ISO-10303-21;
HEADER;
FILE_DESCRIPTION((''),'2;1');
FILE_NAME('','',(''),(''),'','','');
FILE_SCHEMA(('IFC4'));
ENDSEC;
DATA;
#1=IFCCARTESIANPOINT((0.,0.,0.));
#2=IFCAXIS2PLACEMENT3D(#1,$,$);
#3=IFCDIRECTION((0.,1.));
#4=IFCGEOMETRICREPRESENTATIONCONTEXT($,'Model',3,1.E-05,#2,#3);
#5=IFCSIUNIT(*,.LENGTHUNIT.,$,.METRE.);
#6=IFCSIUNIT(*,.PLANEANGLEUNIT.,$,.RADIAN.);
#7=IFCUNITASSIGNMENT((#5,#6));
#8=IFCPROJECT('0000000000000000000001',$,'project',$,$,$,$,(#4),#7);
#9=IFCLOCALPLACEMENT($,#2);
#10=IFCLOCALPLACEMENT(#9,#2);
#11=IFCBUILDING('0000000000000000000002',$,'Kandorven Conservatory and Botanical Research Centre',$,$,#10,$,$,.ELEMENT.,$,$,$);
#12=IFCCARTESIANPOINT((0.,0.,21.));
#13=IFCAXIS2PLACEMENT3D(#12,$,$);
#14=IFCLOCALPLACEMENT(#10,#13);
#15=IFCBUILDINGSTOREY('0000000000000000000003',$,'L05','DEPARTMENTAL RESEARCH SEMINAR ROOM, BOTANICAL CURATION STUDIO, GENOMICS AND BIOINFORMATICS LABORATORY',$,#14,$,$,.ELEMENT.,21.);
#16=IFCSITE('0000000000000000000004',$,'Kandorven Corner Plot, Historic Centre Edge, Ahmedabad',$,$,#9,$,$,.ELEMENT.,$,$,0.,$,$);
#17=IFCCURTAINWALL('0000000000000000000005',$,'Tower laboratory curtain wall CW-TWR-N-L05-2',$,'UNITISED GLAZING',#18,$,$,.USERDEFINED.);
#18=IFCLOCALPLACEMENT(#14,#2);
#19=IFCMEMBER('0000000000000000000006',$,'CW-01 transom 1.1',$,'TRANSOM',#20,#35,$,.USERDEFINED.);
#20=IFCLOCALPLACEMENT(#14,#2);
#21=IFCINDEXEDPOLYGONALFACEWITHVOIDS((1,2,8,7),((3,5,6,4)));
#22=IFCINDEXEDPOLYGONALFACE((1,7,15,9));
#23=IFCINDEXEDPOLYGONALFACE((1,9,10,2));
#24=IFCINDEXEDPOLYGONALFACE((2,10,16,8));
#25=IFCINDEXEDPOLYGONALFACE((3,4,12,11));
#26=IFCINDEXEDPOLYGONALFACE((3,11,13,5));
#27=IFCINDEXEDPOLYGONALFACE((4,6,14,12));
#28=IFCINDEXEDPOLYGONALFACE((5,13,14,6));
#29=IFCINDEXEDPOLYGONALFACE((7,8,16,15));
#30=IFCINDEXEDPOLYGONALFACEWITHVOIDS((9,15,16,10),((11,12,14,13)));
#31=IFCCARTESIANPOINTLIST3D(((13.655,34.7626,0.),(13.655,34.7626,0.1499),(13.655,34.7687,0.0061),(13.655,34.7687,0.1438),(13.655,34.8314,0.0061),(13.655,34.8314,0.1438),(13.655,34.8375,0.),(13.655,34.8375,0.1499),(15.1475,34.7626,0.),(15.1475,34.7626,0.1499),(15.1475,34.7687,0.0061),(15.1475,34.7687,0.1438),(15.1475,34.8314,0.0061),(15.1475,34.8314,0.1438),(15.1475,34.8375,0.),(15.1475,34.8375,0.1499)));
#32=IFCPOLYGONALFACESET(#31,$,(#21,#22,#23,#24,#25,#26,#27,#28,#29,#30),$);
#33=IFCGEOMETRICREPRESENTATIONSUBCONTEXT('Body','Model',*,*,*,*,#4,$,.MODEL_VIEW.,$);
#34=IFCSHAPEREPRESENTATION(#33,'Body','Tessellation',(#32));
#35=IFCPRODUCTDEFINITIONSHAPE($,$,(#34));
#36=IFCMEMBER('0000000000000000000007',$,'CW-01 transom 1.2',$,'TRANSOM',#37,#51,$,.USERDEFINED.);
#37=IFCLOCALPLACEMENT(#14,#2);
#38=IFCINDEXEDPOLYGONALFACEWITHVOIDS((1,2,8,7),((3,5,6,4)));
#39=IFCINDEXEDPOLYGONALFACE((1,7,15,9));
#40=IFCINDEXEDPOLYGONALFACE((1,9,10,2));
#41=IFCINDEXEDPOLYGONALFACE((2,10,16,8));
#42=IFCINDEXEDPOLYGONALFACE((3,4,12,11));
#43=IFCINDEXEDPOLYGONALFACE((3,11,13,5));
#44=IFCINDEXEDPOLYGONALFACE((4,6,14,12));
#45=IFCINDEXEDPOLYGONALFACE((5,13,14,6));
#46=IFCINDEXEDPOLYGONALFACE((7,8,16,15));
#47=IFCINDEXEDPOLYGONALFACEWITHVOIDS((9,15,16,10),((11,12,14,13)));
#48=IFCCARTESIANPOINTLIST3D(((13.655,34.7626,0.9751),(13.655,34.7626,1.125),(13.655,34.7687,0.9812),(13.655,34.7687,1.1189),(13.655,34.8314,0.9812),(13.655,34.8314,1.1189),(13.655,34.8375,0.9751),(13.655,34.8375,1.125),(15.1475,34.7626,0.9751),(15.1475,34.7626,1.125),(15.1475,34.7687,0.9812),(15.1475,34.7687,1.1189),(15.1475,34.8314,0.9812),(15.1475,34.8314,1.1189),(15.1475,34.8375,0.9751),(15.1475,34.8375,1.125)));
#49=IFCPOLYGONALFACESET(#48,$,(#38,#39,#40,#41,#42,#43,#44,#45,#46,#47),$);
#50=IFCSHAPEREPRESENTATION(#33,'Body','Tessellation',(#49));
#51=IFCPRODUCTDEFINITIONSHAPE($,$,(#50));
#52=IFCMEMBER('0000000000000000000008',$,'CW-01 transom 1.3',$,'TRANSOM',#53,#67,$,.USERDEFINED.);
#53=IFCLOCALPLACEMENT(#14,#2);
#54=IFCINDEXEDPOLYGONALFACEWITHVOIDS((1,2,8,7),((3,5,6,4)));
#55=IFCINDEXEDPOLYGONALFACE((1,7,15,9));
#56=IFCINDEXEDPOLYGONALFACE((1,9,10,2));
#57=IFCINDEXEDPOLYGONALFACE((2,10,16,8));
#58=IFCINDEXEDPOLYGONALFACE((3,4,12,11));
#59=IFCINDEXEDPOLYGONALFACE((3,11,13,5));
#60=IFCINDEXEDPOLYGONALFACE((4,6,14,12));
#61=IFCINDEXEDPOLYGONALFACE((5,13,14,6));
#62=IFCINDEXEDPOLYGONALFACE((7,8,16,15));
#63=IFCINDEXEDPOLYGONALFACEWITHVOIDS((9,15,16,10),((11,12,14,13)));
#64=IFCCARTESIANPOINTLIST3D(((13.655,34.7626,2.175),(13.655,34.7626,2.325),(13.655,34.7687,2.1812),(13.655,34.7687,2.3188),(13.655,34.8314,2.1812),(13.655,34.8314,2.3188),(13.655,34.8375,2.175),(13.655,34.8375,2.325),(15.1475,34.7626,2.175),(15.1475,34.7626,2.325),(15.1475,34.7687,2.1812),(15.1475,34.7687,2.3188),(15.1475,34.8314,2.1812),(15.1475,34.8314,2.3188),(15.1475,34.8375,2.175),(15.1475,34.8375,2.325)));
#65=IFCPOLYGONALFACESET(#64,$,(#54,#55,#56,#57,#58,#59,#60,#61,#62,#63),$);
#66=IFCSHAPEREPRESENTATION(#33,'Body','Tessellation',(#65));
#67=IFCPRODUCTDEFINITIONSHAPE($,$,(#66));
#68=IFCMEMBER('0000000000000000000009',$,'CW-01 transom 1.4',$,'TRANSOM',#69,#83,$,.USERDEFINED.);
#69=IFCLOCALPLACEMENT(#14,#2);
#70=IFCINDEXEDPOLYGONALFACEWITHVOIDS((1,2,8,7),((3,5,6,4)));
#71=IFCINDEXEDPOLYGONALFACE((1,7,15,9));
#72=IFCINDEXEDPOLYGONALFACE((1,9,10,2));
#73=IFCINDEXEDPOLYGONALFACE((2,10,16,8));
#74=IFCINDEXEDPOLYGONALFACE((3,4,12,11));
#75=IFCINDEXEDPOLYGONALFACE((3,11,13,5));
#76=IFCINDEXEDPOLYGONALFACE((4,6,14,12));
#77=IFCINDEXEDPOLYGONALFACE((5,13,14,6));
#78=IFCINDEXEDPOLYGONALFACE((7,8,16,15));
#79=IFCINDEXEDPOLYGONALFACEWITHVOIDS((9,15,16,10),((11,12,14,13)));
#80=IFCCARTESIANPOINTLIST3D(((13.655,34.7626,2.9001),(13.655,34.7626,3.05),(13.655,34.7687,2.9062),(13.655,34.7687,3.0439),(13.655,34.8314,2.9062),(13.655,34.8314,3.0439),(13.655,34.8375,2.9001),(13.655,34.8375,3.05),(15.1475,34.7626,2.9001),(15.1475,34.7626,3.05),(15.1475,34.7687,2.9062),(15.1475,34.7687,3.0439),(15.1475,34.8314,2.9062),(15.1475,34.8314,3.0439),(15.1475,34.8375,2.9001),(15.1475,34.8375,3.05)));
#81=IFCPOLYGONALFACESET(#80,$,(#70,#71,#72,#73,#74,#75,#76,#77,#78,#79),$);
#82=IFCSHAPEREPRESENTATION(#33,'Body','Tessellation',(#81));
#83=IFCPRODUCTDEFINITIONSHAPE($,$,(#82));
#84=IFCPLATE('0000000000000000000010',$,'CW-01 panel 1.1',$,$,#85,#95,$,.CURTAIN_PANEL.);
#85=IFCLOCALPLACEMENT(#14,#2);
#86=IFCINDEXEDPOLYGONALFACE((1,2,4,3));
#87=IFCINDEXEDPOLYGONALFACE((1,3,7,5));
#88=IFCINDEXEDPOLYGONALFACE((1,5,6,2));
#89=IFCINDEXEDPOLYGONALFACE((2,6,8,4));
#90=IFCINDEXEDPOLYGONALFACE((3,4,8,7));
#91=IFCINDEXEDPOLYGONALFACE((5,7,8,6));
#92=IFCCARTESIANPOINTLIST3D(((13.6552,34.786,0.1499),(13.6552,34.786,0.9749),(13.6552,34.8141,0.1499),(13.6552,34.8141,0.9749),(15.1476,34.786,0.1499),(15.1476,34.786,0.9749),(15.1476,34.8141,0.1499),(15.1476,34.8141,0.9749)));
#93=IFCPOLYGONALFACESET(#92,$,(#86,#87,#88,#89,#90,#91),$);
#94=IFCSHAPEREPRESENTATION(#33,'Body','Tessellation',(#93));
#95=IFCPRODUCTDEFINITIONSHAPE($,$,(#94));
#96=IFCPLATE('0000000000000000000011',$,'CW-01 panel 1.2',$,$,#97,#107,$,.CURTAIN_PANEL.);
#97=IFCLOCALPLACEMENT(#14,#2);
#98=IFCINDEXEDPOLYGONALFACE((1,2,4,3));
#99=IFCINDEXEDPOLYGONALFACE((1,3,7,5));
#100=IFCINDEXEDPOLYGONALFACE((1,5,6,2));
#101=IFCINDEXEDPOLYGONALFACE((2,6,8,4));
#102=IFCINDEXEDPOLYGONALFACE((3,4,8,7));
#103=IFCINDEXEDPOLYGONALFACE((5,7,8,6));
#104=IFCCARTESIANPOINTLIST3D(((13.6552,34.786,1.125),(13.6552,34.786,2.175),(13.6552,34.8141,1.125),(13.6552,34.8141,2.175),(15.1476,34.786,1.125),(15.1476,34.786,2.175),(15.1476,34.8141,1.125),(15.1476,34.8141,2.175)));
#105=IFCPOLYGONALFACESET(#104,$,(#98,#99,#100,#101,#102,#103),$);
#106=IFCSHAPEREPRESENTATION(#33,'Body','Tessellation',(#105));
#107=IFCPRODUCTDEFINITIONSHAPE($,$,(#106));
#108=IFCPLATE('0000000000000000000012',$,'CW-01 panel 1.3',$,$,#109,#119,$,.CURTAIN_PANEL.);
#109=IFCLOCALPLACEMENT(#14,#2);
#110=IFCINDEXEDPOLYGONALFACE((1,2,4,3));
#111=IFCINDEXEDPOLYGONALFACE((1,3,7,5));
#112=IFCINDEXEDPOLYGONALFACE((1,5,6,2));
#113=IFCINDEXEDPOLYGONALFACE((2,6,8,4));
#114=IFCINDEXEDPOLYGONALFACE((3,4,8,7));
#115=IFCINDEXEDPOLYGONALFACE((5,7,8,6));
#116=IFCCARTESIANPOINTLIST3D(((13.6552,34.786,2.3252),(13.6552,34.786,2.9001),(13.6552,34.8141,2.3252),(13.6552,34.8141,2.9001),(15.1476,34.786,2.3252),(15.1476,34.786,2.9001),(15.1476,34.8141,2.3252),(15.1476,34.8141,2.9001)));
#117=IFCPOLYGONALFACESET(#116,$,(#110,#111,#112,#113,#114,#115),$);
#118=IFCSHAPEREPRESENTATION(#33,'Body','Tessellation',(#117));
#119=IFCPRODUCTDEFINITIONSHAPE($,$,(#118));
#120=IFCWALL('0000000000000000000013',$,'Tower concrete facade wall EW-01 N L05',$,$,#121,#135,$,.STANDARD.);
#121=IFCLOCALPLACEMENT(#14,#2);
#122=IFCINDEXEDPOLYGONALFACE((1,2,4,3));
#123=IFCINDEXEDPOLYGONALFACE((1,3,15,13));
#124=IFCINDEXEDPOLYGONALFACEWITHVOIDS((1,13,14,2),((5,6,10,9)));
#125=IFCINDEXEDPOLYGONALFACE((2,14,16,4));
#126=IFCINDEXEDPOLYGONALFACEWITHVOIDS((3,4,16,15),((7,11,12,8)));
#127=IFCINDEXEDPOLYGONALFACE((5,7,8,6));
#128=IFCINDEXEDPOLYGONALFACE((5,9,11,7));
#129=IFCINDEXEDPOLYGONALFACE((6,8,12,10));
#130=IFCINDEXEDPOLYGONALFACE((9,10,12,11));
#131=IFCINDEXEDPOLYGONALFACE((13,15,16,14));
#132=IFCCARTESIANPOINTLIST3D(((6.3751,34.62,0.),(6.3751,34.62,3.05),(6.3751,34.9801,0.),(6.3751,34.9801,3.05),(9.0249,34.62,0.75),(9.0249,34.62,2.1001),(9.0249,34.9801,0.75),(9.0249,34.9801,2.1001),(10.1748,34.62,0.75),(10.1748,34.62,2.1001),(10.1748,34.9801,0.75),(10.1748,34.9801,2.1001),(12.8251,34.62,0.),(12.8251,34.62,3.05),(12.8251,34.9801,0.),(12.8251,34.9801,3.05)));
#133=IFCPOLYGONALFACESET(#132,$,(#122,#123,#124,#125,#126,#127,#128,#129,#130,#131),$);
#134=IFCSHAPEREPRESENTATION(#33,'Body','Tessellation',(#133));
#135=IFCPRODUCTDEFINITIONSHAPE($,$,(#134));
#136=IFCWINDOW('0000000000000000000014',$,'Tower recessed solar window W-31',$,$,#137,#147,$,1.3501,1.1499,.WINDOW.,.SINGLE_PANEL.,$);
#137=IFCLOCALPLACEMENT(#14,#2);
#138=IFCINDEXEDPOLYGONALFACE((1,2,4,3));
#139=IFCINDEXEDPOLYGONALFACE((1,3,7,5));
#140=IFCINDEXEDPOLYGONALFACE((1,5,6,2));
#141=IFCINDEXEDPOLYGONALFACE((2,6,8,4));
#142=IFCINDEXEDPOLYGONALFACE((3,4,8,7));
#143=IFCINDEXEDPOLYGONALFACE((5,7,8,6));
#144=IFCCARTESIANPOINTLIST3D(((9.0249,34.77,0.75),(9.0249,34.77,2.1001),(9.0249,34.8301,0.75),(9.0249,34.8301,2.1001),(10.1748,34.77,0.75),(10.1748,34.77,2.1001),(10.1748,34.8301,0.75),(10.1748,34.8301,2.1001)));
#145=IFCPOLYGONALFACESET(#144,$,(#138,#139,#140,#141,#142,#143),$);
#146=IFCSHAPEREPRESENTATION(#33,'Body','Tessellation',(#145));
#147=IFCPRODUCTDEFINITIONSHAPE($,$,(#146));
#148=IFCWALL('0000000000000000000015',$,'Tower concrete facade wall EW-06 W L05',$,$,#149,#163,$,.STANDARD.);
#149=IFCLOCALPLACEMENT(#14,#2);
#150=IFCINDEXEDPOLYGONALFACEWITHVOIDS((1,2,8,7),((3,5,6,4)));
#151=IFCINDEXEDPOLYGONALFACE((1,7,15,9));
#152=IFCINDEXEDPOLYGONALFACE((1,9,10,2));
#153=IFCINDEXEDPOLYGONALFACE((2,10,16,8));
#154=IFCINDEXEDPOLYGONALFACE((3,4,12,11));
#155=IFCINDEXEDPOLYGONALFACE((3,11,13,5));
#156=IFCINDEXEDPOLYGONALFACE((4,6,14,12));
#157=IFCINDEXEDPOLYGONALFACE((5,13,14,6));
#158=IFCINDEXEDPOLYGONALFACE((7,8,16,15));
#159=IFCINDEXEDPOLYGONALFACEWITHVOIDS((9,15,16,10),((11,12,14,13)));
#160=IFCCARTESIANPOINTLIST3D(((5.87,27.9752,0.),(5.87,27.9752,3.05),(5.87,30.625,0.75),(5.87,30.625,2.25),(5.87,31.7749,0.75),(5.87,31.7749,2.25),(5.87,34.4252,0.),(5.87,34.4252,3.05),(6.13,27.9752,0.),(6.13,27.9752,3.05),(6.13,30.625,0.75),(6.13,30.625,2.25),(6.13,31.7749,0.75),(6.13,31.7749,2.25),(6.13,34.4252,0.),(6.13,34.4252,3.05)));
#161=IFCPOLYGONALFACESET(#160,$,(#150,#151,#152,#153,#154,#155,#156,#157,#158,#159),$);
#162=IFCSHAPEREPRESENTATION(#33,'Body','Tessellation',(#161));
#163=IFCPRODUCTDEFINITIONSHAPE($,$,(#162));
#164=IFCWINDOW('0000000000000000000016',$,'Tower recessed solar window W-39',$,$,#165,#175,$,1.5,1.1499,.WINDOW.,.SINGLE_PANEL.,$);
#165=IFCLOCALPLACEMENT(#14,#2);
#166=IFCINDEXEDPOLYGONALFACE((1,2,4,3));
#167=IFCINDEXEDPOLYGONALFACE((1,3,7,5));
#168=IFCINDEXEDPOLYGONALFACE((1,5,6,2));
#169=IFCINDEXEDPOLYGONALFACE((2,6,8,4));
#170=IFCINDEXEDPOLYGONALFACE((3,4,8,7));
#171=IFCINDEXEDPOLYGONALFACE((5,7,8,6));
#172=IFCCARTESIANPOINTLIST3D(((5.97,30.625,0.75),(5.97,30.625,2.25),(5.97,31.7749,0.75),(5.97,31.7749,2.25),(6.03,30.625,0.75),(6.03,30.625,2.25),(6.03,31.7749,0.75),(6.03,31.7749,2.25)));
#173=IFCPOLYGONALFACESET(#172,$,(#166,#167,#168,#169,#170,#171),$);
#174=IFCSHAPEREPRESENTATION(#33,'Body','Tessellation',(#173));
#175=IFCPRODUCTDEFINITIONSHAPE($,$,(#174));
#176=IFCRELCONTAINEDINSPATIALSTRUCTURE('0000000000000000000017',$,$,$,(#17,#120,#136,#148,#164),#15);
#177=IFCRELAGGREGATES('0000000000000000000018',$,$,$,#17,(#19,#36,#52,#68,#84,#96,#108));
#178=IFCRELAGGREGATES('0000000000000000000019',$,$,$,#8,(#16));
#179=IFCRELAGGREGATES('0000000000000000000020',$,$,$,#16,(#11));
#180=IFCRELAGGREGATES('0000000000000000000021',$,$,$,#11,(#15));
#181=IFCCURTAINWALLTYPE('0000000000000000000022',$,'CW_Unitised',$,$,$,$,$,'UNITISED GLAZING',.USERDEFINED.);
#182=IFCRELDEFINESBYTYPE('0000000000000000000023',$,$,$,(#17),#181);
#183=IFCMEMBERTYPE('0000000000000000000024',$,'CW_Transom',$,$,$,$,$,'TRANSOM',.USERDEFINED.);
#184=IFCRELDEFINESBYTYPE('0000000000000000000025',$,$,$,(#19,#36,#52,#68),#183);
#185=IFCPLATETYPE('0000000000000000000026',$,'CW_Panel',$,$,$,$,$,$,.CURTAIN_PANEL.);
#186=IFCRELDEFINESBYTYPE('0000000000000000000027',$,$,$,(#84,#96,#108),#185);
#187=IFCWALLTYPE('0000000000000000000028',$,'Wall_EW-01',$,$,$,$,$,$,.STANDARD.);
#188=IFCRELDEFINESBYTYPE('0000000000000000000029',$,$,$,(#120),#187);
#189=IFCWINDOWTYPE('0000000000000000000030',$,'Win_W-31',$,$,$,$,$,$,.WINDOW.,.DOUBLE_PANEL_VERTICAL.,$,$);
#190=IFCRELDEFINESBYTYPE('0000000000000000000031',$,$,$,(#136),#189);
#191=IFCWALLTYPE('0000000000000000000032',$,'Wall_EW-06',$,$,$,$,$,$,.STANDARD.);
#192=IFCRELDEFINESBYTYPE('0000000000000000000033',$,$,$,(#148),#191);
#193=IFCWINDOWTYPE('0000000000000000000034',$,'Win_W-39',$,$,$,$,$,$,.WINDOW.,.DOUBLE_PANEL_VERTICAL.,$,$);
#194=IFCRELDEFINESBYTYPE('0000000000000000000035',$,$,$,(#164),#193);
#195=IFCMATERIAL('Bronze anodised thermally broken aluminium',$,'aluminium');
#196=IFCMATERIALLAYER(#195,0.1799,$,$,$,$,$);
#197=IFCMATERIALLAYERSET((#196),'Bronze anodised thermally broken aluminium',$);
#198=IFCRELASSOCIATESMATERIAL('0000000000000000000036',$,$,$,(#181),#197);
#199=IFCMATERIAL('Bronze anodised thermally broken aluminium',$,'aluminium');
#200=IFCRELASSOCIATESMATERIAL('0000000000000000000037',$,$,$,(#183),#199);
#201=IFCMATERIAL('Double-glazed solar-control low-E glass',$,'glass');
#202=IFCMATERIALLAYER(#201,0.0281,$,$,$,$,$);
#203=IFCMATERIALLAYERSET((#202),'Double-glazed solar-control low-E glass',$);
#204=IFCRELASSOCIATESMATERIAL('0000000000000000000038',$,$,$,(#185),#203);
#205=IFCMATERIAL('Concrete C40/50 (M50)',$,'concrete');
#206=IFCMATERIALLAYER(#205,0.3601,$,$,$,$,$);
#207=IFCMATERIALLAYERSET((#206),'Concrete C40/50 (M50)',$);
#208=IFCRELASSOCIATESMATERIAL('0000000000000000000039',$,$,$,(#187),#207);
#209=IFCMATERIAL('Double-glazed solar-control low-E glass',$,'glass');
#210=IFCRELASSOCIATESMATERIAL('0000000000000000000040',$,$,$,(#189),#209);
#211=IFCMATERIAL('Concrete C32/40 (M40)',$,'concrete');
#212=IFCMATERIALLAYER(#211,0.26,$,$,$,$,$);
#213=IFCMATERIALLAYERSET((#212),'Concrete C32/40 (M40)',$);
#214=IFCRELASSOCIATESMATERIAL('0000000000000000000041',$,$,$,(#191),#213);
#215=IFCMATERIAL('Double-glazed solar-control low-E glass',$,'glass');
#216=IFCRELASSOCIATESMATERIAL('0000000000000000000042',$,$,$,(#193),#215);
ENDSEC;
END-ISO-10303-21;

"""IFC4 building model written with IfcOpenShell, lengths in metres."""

from ifc_helpers import new_model, si_unit, direction, frame, frame_2d, origin, origin_2d, place, context, subcontext, project, spatial, rectangle, hollow_rectangle, extrude, material, layer, layer_set, material_profile, profile_set, type_object, element, fill, aggregate, save


model = new_model("IFC4")

# Units and contexts
model_context = context("Model", 3, precision=1e-05, world=origin(), true_north=direction((0.0, 1.0)))
body_context = subcontext(model_context, "Body", "Model", "MODEL_VIEW")
ifc_project = project(units=[si_unit("LENGTHUNIT", "METRE"), si_unit("PLANEANGLEUNIT", "RADIAN")], contexts=[model_context])

# Site, building, storey
site_placement = place(None, origin())
site = spatial("IfcSite", under=ifc_project, at=site_placement, Name="Kandorven Corner Plot, Historic Centre Edge, Ahmedabad", CompositionType="ELEMENT", RefElevation=0.0)
building_placement = place(site_placement, origin())
building = spatial("IfcBuilding", under=site, at=building_placement, Name="Kandorven Conservatory and Botanical Research Centre", CompositionType="ELEMENT")
storey_placement = place(building_placement, frame((0.0, 0.0, 21.0)))
storey = spatial("IfcBuildingStorey", under=building, at=storey_placement, Name="L05", Description="DEPARTMENTAL RESEARCH SEMINAR ROOM, BOTANICAL CURATION STUDIO, GENOMICS AND BIOINFORMATICS LABORATORY", CompositionType="ELEMENT", Elevation=21.0)

# Curtain wall, members, plates
ifc_material_1 = material(Name="Bronze anodised thermally broken aluminium", Category="aluminium")
ifc_layer_1 = layer(ifc_material_1, 0.1799)
ifc_layer_set_1 = layer_set([ifc_layer_1], Name="Bronze anodised thermally broken aluminium")
curtain_wall_type = type_object("IfcCurtainWallType", Name="CW_Unitised", ElementType="UNITISED GLAZING", PredefinedType="USERDEFINED", material=ifc_layer_set_1)
curtain_wall_placement = place(storey_placement, origin())
curtain_wall = element("IfcCurtainWall", 1, at=curtain_wall_placement, inside=storey, type_object=curtain_wall_type, Name="Tower laboratory curtain wall CW-TWR-N-L05-2", ObjectType="UNITISED GLAZING", PredefinedType="USERDEFINED")
ifc_material_2 = material(Name="Bronze anodised thermally broken aluminium", Category="aluminium")
ifc_material_profile_1 = material_profile(ifc_material_2, hollow_rectangle(XDim=0.075, YDim=0.1499, WallThickness=0.0061, at=origin_2d()))
ifc_profile_set_1 = profile_set([ifc_material_profile_1], Name="Bronze anodised thermally broken aluminium")
member_type_1 = type_object("IfcMemberType", Name="CW_Transom", ElementType="TRANSOM", PredefinedType="USERDEFINED", material=ifc_profile_set_1)
member_1_placement = place(storey_placement, frame((13.655, 34.8, 0.075), z_axis=(1.0, 0.0, 0.0), x_axis=(0.0, 1.0, 0.0)))
member_1 = element("IfcMember", 2, at=member_1_placement, type_object=member_type_1, Name="CW-01 transom 1.1", ObjectType="TRANSOM", PredefinedType="USERDEFINED", context=body_context, shape_type="SweptSolid", body=[
    extrude(hollow_rectangle(XDim=0.075, YDim=0.1499, WallThickness=0.0061, at=origin_2d()), origin(), (0.0, 0.0, 1.0), 1.4924),
])
member_2_placement = place(storey_placement, frame((13.655, 34.8, 1.05), z_axis=(1.0, 0.0, 0.0), x_axis=(0.0, 1.0, 0.0)))
member_2 = element("IfcMember", 3, at=member_2_placement, type_object=member_type_1, Name="CW-01 transom 1.2", ObjectType="TRANSOM", PredefinedType="USERDEFINED", context=body_context, shape_type="SweptSolid", body=[
    extrude(hollow_rectangle(XDim=0.075, YDim=0.1499, WallThickness=0.0061, at=origin_2d()), origin(), (0.0, 0.0, 1.0), 1.4924),
])
member_3_placement = place(storey_placement, frame((13.655, 34.8, 2.25), z_axis=(1.0, 0.0, 0.0), x_axis=(0.0, 1.0, 0.0)))
member_3 = element("IfcMember", 4, at=member_3_placement, type_object=member_type_1, Name="CW-01 transom 1.3", ObjectType="TRANSOM", PredefinedType="USERDEFINED", context=body_context, shape_type="SweptSolid", body=[
    extrude(hollow_rectangle(XDim=0.075, YDim=0.1499, WallThickness=0.0061, at=origin_2d()), origin(), (0.0, 0.0, 1.0), 1.4924),
])
member_4_placement = place(storey_placement, frame((13.655, 34.8, 2.9751), z_axis=(1.0, 0.0, 0.0), x_axis=(0.0, 1.0, 0.0)))
member_4 = element("IfcMember", 5, at=member_4_placement, type_object=member_type_1, Name="CW-01 transom 1.4", ObjectType="TRANSOM", PredefinedType="USERDEFINED", context=body_context, shape_type="SweptSolid", body=[
    extrude(hollow_rectangle(XDim=0.075, YDim=0.1499, WallThickness=0.0061, at=origin_2d()), origin(), (0.0, 0.0, 1.0), 1.4924),
])
ifc_material_3 = material(Name="Double-glazed solar-control low-E glass", Category="glass")
ifc_layer_2 = layer(ifc_material_3, 0.0281)
ifc_layer_set_2 = layer_set([ifc_layer_2], Name="Double-glazed solar-control low-E glass")
plate_type = type_object("IfcPlateType", Name="CW_Panel", PredefinedType="CURTAIN_PANEL", material=ifc_layer_set_2)
plate_1_placement = place(storey_placement, frame((14.4014, 34.8, 0.1499), z_axis=(0.0, 0.0, 1.0), x_axis=(1.0, 0.0, 0.0)))
plate_1 = element("IfcPlate", 6, at=plate_1_placement, type_object=plate_type, Name="CW-01 panel 1.1", PredefinedType="CURTAIN_PANEL", context=body_context, shape_type="SweptSolid", body=[
    extrude(rectangle(XDim=1.4924, YDim=0.0281, at=origin_2d()), origin(), (0.0, 0.0, 1.0), 0.825),
])
plate_2_placement = place(storey_placement, frame((14.4014, 34.8, 1.125), z_axis=(0.0, 0.0, 1.0), x_axis=(1.0, 0.0, 0.0)))
plate_2 = element("IfcPlate", 7, at=plate_2_placement, type_object=plate_type, Name="CW-01 panel 1.2", PredefinedType="CURTAIN_PANEL", context=body_context, shape_type="SweptSolid", body=[
    extrude(rectangle(XDim=1.4924, YDim=0.0281, at=origin_2d()), origin(), (0.0, 0.0, 1.0), 1.05),
])
plate_3_placement = place(storey_placement, frame((14.4014, 34.8, 2.3252), z_axis=(0.0, 0.0, 1.0), x_axis=(1.0, 0.0, 0.0)))
plate_3 = element("IfcPlate", 8, at=plate_3_placement, type_object=plate_type, Name="CW-01 panel 1.3", PredefinedType="CURTAIN_PANEL", context=body_context, shape_type="SweptSolid", body=[
    extrude(rectangle(XDim=1.4924, YDim=0.0281, at=origin_2d()), origin(), (0.0, 0.0, 1.0), 0.575),
])
aggregate(curtain_wall, [member_1, member_2, member_3, member_4, plate_1, plate_2, plate_3])

# Walls, openings, windows
ifc_material_4 = material(Name="Concrete C40/50 (M50)", Category="concrete")
ifc_layer_3 = layer(ifc_material_4, 0.3601)
ifc_layer_set_3 = layer_set([ifc_layer_3], Name="Concrete C40/50 (M50)")
wall_type_1 = type_object("IfcWallType", Name="Wall_EW-01", PredefinedType="STANDARD", material=ifc_layer_set_3)
wall_1_placement = place(storey_placement, frame((6.375, 34.8, 0.0), z_axis=(0.0, 0.0, 1.0), x_axis=(1.0, 0.0, 0.0)))
wall_1 = element("IfcWall", 9, at=wall_1_placement, inside=storey, type_object=wall_type_1, Name="Tower concrete facade wall EW-01 N L05", PredefinedType="STANDARD", context=body_context, shape_type="SweptSolid", body=[
    extrude(rectangle(XDim=6.45, YDim=0.3601, at=frame_2d((3.2251, 0.0))), origin(), (0.0, 0.0, 1.0), 3.05),
])
opening_1_placement = place(wall_1_placement, frame((2.6499, 0.0, 0.75)))
opening_1 = element("IfcOpeningElement", 10, at=opening_1_placement, cuts=wall_1, PredefinedType="OPENING", context=body_context, shape_type="SweptSolid", body=[
    extrude(rectangle(XDim=1.1499, YDim=1.3501, at=frame_2d((0.575, 0.675))), frame((0.0, 0.1899, 0.0), z_axis=(0.0, -1.0, 0.0), x_axis=(1.0, 0.0, 0.0)), (0.0, 0.0, 1.0), 0.3801),
])
ifc_material_5 = material(Name="Double-glazed solar-control low-E glass", Category="glass")
window_type_1 = type_object("IfcWindowType", Name="Win_W-31", PartitioningType="DOUBLE_PANEL_VERTICAL", PredefinedType="WINDOW", material=ifc_material_5)
window_1_placement = place(opening_1_placement, origin())
window_1 = element("IfcWindow", 11, at=window_1_placement, inside=storey, type_object=window_type_1, Name="Tower recessed solar window W-31", OverallHeight=1.3501, OverallWidth=1.1499, PartitioningType="SINGLE_PANEL", PredefinedType="WINDOW", context=body_context, shape_type="SweptSolid", body=[
    extrude(rectangle(XDim=1.1499, YDim=1.3501, at=frame_2d((0.575, 0.675))), frame((0.0, 0.03, 0.0), z_axis=(0.0, -1.0, 0.0), x_axis=(1.0, 0.0, 0.0)), (0.0, 0.0, 1.0), 0.0601),
])
fill(opening_1, window_1)
ifc_material_6 = material(Name="Concrete C32/40 (M40)", Category="concrete")
ifc_layer_4 = layer(ifc_material_6, 0.26)
ifc_layer_set_4 = layer_set([ifc_layer_4], Name="Concrete C32/40 (M40)")
wall_type_2 = type_object("IfcWallType", Name="Wall_EW-06", PredefinedType="STANDARD", material=ifc_layer_set_4)
wall_2_placement = place(storey_placement, frame((6.0, 27.9751, 0.0), z_axis=(0.0, 0.0, 1.0), x_axis=(0.0, 1.0, 0.0)))
wall_2 = element("IfcWall", 12, at=wall_2_placement, inside=storey, type_object=wall_type_2, Name="Tower concrete facade wall EW-06 W L05", PredefinedType="STANDARD", context=body_context, shape_type="SweptSolid", body=[
    extrude(rectangle(XDim=6.45, YDim=0.26, at=frame_2d((3.2251, 0.0))), origin(), (0.0, 0.0, 1.0), 3.05),
])
opening_2_placement = place(wall_2_placement, frame((2.6499, 0.0, 0.75)))
opening_2 = element("IfcOpeningElement", 13, at=opening_2_placement, cuts=wall_2, PredefinedType="OPENING", context=body_context, shape_type="SweptSolid", body=[
    extrude(rectangle(XDim=1.1499, YDim=1.5, at=frame_2d((0.575, 0.75))), frame((0.0, 0.1399, 0.0), z_axis=(0.0, -1.0, 0.0), x_axis=(1.0, 0.0, 0.0)), (0.0, 0.0, 1.0), 0.28),
])
ifc_material_7 = material(Name="Double-glazed solar-control low-E glass", Category="glass")
window_type_2 = type_object("IfcWindowType", Name="Win_W-39", PartitioningType="DOUBLE_PANEL_VERTICAL", PredefinedType="WINDOW", material=ifc_material_7)
window_2_placement = place(opening_2_placement, origin())
window_2 = element("IfcWindow", 14, at=window_2_placement, inside=storey, type_object=window_type_2, Name="Tower recessed solar window W-39", OverallHeight=1.5, OverallWidth=1.1499, PartitioningType="SINGLE_PANEL", PredefinedType="WINDOW", context=body_context, shape_type="SweptSolid", body=[
    extrude(rectangle(XDim=1.1499, YDim=1.5, at=frame_2d((0.575, 0.75))), frame((0.0, 0.03, 0.0), z_axis=(0.0, -1.0, 0.0), x_axis=(1.0, 0.0, 0.0)), (0.0, 0.0, 1.0), 0.0601),
])
fill(opening_2, window_2)

save(model, "model.ifc")
